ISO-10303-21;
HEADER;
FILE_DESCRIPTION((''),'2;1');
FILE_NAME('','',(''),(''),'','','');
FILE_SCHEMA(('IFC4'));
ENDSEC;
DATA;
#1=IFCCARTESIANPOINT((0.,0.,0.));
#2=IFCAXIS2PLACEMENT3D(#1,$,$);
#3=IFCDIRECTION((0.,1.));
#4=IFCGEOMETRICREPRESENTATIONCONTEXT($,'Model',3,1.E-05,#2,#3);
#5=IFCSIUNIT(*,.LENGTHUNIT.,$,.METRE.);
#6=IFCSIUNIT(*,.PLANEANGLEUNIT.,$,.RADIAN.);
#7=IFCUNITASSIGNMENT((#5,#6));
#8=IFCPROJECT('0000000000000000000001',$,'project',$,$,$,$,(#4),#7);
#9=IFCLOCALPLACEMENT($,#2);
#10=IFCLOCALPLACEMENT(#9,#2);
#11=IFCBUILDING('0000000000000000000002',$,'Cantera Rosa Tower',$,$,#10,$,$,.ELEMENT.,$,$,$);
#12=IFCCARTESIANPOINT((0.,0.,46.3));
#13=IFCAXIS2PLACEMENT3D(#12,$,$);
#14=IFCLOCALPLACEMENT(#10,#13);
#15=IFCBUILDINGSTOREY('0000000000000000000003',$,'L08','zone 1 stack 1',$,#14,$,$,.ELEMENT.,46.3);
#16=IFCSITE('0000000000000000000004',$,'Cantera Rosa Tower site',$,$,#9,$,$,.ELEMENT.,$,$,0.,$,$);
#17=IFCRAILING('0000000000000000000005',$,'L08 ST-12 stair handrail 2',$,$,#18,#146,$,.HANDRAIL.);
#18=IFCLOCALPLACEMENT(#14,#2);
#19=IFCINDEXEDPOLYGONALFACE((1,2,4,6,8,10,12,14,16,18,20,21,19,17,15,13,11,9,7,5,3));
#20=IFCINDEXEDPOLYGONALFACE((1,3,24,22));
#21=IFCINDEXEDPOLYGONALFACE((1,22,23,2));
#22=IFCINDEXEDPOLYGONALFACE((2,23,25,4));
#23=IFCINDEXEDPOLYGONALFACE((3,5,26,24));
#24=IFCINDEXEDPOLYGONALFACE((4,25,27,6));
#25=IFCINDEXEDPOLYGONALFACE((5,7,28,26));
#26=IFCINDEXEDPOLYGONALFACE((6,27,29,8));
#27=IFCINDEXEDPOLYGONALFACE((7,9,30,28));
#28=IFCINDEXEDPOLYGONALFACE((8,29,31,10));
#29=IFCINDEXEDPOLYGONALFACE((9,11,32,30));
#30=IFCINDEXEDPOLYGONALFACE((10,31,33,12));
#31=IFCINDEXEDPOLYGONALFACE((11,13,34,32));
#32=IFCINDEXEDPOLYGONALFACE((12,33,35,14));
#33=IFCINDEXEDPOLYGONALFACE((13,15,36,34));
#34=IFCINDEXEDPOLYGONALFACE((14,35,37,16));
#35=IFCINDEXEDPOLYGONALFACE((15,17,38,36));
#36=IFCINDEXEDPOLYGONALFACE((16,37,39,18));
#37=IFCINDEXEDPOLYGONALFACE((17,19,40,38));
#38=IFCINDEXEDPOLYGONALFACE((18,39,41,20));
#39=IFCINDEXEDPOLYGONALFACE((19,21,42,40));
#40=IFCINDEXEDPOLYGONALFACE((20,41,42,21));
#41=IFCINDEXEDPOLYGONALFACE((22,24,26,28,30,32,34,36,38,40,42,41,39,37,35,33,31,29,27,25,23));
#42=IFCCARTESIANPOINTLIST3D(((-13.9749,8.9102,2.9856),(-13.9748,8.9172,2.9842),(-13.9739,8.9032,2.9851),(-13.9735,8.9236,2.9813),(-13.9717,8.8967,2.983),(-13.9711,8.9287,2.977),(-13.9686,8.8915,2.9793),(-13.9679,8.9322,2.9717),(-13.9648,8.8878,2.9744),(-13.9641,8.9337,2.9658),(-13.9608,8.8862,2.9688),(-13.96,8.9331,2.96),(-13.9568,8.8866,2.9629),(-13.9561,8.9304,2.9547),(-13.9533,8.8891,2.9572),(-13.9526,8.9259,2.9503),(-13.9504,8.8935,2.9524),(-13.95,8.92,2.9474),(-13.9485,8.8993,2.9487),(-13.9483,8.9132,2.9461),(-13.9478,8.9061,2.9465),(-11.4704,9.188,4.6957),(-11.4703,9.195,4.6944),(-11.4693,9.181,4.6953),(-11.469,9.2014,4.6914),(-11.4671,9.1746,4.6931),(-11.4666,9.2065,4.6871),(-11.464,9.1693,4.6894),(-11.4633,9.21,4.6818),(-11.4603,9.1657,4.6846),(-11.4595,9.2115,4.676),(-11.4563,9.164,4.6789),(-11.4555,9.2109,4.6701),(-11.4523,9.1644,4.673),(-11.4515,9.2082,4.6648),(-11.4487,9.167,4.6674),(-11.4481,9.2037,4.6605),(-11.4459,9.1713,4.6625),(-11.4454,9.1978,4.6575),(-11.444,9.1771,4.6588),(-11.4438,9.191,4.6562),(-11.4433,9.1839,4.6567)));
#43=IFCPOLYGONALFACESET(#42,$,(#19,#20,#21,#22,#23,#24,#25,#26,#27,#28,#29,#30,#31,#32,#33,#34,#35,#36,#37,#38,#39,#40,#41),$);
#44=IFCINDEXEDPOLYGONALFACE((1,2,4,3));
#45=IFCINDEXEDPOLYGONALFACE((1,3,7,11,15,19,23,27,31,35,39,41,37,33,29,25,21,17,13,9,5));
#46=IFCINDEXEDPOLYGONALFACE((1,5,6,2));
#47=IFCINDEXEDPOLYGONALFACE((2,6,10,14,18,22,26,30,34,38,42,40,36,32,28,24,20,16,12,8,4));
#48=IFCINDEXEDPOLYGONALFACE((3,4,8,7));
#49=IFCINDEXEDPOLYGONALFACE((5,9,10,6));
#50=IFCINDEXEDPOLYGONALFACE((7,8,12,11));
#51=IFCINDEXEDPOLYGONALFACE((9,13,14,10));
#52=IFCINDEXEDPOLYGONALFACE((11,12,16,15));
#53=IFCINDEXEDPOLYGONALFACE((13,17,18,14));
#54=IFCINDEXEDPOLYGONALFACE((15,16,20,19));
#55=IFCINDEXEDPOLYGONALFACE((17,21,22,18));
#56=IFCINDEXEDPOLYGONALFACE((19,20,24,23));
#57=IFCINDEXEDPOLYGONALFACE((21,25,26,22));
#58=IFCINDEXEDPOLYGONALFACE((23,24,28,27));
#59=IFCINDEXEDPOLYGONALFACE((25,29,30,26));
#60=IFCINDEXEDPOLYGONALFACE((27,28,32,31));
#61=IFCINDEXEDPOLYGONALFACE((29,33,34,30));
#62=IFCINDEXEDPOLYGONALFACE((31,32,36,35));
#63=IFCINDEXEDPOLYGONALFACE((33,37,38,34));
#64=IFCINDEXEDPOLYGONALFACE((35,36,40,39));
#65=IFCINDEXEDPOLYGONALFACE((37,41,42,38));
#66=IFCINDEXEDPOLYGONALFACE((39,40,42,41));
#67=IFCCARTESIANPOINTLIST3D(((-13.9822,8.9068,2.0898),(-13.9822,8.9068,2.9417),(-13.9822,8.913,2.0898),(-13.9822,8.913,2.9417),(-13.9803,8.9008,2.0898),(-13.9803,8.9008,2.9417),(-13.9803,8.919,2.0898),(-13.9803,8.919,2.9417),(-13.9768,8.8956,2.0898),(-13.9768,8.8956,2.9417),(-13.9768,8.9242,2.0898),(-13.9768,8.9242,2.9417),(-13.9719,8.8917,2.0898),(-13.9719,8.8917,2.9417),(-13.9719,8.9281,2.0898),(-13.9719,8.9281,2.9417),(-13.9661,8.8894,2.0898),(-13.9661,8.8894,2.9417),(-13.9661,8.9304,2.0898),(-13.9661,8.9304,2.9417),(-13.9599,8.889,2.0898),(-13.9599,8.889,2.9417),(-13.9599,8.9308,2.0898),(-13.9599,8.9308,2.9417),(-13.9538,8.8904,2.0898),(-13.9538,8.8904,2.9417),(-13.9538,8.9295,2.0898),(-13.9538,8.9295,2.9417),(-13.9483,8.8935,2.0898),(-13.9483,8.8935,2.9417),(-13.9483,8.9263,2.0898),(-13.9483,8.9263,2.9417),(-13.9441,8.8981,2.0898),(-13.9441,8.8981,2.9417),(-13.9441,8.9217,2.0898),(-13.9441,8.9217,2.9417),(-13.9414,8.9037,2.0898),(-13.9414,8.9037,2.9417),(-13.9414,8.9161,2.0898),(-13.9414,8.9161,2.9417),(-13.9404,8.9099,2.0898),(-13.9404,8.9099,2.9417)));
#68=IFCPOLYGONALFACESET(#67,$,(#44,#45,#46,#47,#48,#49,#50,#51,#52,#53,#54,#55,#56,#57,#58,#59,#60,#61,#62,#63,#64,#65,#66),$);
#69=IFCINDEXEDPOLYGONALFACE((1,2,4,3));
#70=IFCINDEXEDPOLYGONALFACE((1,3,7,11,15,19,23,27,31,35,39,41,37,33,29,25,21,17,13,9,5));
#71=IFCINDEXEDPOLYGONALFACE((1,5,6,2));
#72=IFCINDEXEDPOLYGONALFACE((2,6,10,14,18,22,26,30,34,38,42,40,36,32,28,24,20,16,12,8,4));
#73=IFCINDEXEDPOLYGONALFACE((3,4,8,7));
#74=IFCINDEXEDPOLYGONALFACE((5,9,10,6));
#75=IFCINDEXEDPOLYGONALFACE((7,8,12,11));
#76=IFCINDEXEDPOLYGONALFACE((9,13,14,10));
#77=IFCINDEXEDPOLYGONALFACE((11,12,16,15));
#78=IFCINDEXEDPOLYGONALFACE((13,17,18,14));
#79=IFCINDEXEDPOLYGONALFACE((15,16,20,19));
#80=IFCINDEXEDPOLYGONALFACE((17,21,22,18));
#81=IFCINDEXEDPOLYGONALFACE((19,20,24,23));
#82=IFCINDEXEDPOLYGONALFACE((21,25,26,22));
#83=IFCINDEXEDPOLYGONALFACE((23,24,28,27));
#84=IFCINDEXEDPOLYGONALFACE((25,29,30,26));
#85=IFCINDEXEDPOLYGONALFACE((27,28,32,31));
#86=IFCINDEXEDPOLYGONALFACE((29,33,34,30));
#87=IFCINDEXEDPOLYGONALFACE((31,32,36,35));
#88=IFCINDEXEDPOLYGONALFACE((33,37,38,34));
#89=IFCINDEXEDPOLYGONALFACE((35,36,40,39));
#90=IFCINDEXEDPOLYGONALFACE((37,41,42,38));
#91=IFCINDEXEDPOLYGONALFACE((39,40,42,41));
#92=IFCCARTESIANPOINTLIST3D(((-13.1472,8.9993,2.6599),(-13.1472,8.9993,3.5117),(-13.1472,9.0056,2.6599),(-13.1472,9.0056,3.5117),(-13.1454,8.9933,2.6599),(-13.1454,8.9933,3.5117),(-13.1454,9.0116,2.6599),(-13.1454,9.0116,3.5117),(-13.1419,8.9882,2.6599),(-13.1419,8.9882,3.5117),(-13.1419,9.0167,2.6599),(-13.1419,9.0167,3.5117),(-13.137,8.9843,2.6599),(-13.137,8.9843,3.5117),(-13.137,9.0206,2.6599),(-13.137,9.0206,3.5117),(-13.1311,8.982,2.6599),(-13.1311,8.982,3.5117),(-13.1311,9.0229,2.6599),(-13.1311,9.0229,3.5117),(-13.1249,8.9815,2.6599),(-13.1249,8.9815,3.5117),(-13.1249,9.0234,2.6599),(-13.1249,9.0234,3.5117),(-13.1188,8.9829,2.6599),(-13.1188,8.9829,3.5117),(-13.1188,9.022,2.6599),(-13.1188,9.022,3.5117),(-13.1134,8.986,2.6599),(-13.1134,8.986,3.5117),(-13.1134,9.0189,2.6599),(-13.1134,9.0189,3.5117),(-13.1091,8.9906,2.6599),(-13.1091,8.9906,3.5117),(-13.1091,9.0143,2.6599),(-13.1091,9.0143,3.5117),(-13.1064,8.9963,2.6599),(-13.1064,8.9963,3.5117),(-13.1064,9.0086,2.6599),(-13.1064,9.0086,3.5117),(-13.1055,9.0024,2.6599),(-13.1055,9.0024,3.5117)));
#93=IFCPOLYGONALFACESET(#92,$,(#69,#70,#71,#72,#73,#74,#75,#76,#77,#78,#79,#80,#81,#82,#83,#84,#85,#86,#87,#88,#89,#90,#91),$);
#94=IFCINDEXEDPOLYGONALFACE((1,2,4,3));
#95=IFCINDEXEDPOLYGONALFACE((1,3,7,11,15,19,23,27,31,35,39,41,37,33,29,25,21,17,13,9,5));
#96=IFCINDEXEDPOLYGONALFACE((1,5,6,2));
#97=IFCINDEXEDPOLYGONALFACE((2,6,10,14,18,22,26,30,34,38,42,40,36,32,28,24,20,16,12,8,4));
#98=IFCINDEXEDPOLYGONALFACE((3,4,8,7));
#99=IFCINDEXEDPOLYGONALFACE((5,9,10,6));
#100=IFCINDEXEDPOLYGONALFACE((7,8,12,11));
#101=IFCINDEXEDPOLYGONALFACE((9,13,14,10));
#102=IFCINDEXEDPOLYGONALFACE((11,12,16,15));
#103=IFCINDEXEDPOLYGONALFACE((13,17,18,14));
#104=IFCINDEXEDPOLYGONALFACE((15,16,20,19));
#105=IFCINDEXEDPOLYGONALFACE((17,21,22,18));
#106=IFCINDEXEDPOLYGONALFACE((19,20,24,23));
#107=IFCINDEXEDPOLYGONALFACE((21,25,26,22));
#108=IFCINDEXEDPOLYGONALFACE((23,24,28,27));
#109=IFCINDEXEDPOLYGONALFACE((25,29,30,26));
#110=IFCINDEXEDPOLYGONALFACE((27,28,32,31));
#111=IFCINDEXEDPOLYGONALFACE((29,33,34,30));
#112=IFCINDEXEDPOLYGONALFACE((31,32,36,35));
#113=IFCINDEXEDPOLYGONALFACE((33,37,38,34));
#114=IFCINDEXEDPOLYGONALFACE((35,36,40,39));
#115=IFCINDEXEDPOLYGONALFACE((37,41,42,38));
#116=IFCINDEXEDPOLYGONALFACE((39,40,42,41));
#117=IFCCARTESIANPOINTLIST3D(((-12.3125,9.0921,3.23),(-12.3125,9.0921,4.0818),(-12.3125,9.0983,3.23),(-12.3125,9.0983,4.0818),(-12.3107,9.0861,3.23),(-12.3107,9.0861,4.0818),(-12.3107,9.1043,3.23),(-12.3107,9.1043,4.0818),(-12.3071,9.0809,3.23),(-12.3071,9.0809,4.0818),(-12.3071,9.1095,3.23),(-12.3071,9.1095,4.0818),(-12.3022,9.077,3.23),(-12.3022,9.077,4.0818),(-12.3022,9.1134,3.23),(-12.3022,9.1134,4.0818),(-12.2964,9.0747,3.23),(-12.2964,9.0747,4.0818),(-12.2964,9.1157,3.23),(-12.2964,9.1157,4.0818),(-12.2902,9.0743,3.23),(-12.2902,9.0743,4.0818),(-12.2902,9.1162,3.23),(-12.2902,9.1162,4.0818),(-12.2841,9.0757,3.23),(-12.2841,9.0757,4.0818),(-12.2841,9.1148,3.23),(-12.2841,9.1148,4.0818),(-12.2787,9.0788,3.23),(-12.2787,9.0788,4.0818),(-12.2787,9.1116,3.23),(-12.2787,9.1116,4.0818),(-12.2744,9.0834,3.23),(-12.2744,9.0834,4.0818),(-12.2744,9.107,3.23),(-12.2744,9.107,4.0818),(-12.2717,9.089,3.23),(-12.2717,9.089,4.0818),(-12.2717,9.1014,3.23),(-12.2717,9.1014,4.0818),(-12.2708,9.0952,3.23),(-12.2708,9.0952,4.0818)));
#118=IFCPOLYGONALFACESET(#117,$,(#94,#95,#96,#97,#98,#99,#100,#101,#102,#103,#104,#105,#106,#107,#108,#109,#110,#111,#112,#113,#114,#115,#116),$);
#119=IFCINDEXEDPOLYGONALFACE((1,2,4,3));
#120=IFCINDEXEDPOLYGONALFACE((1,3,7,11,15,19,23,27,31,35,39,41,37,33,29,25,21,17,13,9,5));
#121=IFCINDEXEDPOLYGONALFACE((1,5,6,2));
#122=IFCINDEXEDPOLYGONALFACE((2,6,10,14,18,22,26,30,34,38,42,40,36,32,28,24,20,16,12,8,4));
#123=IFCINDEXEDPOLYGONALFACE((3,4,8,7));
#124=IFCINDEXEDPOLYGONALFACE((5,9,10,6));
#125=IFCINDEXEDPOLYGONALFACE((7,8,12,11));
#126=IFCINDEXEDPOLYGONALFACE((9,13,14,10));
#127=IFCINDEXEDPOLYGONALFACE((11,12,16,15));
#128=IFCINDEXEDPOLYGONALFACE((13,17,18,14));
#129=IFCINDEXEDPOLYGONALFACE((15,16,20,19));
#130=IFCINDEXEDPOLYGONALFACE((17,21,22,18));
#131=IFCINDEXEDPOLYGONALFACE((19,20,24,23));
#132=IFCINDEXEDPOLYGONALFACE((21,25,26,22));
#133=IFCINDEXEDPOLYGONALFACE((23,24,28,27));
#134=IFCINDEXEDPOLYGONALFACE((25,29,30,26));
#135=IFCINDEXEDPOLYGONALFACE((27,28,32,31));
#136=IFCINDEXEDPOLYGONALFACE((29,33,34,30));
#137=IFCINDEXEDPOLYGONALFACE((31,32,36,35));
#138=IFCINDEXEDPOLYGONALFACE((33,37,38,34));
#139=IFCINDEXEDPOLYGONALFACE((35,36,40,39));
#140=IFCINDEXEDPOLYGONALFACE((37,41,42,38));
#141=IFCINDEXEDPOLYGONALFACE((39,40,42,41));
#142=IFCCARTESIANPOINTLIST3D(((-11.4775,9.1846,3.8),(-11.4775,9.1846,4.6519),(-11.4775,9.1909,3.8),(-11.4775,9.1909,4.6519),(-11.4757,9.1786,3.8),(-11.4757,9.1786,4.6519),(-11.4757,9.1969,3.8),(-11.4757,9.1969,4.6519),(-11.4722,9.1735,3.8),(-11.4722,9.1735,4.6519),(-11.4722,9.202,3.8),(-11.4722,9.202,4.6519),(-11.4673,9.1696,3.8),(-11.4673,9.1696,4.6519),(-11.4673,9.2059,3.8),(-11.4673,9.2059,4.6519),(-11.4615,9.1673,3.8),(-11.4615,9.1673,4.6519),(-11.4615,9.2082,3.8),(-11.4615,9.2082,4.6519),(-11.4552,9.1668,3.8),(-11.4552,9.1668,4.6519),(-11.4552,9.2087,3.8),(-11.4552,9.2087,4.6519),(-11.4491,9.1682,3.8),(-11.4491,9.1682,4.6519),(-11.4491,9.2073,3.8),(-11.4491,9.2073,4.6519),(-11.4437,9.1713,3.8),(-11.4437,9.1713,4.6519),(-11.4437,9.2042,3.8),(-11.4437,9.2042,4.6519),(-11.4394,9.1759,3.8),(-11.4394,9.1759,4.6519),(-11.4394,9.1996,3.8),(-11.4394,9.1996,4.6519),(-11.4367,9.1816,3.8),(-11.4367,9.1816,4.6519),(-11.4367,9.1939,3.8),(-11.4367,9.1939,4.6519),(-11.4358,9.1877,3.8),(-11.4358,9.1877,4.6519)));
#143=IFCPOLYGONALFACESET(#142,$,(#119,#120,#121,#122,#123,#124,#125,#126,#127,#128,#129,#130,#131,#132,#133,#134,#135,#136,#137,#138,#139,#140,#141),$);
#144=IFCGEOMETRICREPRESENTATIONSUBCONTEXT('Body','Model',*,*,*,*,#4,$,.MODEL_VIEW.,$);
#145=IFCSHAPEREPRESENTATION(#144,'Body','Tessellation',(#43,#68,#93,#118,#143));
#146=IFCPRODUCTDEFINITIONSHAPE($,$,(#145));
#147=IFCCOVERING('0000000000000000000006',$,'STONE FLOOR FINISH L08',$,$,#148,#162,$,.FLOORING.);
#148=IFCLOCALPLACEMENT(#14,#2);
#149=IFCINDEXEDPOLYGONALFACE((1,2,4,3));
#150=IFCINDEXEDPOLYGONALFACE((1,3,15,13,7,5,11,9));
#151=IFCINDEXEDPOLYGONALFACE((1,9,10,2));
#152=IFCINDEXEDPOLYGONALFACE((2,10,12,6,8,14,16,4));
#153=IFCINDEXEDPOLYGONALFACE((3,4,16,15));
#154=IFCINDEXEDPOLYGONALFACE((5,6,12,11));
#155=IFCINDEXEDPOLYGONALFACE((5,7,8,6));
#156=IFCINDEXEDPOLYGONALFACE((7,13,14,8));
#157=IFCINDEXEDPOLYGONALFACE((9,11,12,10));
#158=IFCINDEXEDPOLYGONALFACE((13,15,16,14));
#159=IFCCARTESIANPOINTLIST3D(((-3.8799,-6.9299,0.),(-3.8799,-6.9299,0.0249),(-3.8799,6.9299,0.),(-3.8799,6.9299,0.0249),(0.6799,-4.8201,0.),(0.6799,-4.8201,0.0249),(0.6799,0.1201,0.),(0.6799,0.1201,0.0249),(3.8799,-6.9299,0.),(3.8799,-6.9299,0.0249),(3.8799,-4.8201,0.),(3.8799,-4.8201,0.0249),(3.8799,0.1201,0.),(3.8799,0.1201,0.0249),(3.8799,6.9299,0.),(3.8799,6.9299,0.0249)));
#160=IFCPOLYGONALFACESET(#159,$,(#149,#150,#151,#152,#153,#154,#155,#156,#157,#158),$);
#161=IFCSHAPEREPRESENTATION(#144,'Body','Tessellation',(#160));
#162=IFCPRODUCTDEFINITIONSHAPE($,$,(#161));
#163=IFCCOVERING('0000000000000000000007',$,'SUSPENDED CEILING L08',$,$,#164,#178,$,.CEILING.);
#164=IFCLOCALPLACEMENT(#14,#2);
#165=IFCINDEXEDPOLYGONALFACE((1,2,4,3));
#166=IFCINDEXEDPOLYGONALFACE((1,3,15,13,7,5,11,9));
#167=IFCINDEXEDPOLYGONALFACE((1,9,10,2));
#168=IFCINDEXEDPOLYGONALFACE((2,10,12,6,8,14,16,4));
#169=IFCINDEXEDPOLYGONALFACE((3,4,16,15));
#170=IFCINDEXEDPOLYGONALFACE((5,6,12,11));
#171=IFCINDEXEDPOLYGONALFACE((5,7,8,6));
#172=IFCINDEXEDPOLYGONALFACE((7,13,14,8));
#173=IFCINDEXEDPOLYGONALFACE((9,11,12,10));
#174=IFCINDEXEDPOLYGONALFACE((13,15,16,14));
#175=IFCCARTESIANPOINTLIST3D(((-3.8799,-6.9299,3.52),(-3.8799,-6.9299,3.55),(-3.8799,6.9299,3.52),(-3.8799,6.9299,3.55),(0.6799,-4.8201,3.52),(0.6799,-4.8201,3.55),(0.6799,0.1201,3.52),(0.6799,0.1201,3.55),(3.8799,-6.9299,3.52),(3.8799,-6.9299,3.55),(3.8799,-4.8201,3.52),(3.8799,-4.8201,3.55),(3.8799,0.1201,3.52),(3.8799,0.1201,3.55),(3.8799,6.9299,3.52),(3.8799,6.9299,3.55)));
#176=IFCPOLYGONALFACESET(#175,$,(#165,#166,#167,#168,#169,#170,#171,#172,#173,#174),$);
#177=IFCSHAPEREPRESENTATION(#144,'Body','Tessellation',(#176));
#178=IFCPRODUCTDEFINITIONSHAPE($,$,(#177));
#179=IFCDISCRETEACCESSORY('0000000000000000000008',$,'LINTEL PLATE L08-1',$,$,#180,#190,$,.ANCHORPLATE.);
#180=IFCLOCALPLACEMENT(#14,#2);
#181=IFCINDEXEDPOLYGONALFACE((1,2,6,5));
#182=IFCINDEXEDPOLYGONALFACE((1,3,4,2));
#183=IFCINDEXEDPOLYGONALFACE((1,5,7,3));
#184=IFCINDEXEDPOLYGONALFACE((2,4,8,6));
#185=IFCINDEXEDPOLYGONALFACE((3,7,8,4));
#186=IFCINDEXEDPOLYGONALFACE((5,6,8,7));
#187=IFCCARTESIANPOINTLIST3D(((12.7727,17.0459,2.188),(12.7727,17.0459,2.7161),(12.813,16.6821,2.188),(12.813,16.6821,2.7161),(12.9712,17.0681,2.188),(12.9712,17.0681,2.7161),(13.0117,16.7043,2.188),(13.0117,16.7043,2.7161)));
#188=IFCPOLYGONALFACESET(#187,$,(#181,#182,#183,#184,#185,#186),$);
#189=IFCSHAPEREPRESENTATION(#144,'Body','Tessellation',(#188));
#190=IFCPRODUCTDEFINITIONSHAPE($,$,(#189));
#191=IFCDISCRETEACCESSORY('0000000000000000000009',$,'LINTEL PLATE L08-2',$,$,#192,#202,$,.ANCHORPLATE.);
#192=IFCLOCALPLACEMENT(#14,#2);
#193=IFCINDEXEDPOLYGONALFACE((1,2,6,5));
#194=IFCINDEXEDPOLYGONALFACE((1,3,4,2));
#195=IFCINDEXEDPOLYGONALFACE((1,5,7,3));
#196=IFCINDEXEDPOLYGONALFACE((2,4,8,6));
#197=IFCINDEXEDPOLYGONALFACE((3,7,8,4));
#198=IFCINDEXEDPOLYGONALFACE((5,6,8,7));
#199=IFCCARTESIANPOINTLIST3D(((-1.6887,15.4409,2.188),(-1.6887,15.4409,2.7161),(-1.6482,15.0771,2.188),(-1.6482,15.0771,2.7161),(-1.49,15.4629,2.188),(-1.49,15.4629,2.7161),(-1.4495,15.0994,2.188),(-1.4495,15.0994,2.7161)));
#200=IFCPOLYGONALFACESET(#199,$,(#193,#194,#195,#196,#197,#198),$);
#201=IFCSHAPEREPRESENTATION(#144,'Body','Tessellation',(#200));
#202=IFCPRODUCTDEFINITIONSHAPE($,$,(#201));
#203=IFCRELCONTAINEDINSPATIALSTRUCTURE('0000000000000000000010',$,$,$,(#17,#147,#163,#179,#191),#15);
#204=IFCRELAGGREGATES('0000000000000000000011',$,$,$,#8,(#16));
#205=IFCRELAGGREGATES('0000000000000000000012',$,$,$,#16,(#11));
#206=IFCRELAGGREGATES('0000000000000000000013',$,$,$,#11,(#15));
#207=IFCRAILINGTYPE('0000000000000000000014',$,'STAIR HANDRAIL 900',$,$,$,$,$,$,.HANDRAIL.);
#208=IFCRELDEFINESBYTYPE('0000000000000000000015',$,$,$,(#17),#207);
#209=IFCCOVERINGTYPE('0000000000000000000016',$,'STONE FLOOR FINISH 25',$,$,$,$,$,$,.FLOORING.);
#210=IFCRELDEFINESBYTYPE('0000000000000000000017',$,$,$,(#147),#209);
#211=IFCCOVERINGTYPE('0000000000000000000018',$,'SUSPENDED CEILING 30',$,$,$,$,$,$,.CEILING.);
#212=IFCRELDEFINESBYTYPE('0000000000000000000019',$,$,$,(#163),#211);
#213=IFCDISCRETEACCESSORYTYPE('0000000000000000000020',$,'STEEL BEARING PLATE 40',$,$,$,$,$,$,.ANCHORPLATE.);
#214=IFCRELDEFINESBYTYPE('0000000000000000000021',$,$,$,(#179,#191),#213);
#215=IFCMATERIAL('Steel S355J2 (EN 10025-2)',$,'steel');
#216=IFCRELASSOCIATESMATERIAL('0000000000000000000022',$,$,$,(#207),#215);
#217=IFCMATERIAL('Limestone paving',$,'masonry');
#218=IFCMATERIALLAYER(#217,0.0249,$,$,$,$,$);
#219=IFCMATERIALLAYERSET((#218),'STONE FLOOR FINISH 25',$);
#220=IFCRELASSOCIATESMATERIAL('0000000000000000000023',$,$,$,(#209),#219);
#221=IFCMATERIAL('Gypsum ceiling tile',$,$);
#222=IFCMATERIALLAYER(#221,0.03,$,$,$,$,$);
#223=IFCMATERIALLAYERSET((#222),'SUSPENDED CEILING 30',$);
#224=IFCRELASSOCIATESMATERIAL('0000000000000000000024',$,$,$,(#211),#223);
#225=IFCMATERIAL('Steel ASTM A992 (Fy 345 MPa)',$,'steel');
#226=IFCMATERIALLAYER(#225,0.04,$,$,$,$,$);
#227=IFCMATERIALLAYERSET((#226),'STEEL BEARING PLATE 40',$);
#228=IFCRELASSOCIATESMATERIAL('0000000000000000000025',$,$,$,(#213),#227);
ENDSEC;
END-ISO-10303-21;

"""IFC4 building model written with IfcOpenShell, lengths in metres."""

from ifc_helpers import new_model, si_unit, direction, frame, origin, origin_2d, place, context, subcontext, project, spatial, polyline, circle, outline, extrude, material, layer, layer_set, type_object, element, save


model = new_model("IFC4")

# Units and contexts
model_context = context("Model", 3, precision=1e-05, world=origin(), true_north=direction((0.0, 1.0)))
body_context = subcontext(model_context, "Body", "Model", "MODEL_VIEW")
ifc_project = project(units=[si_unit("LENGTHUNIT", "METRE"), si_unit("PLANEANGLEUNIT", "RADIAN")], contexts=[model_context])

# Site, building, storey
site_placement = place(None, origin())
site = spatial("IfcSite", under=ifc_project, at=site_placement, Name="Cantera Rosa Tower site", CompositionType="ELEMENT", RefElevation=0.0)
building_placement = place(site_placement, origin())
building = spatial("IfcBuilding", under=site, at=building_placement, Name="Cantera Rosa Tower", CompositionType="ELEMENT")
storey_placement = place(building_placement, frame((0.0, 0.0, 46.3)))
storey = spatial("IfcBuildingStorey", under=building, at=storey_placement, Name="L08", Description="zone 1 stack 1", CompositionType="ELEMENT", Elevation=46.3)

# Railing
ifc_material_1 = material(Name="Steel S355J2 (EN 10025-2)", Category="steel")
railing_type_1 = type_object("IfcRailingType", Name="STAIR HANDRAIL 900", PredefinedType="HANDRAIL", material=ifc_material_1)
railing_1_placement = place(storey_placement, frame((-13.9614, 8.9099, 2.0898)))
element("IfcRailing", 1, at=railing_1_placement, inside=storey, type_object=railing_type_1, Name="L08 ST-12 stair handrail 2", PredefinedType="HANDRAIL", context=body_context, shape_type="SweptSolid", body=[
    extrude(circle(Radius=0.0239, at=origin_2d()), frame((0.0, 0.0, 0.876), z_axis=(0.8224, 0.091226, 0.561547), x_axis=(-0.110251, 0.993904, 0.0)), (0.0, 0.0, 1.0), 3.0454),
    extrude(circle(Radius=0.021, at=origin_2d()), origin(), (0.0, 0.0, 1.0), 0.8518),
    extrude(circle(Radius=0.021, at=origin_2d()), frame((0.835, 0.0925, 0.5701)), (0.0, 0.0, 1.0), 0.8518),
    extrude(circle(Radius=0.021, at=origin_2d()), frame((1.6697, 0.1853, 1.1401)), (0.0, 0.0, 1.0), 0.8518),
    extrude(circle(Radius=0.021, at=origin_2d()), frame((2.5046, 0.2778, 1.7102)), (0.0, 0.0, 1.0), 0.8518),
])

# Coverings
ifc_material_2 = material(Name="Limestone paving", Category="masonry")
ifc_layer_1 = layer(ifc_material_2, 0.0249)
ifc_layer_set_1 = layer_set([ifc_layer_1], Name="STONE FLOOR FINISH 25")
covering_type_1 = type_object("IfcCoveringType", Name="STONE FLOOR FINISH 25", PredefinedType="FLOORING", material=ifc_layer_set_1)
covering_1_placement = place(storey_placement, origin())
element("IfcCovering", 2, at=covering_1_placement, inside=storey, type_object=covering_type_1, Name="STONE FLOOR FINISH L08", PredefinedType="FLOORING", context=body_context, shape_type="SweptSolid", body=[
    extrude(outline(polyline([(3.8799, 6.9299), (3.8799, 0.1201), (0.6799, 0.1201), (0.6799, -4.8201), (3.8799, -4.8201), (3.8799, -6.9299), (-3.8799, -6.9299), (-3.8799, 6.9299), (3.8799, 6.9299)])), origin(), (0.0, 0.0, 1.0), 0.0249),
])
ifc_material_3 = material(Name="Gypsum ceiling tile")
ifc_layer_2 = layer(ifc_material_3, 0.03)
ifc_layer_set_2 = layer_set([ifc_layer_2], Name="SUSPENDED CEILING 30")
covering_type_2 = type_object("IfcCoveringType", Name="SUSPENDED CEILING 30", PredefinedType="CEILING", material=ifc_layer_set_2)
covering_2_placement = place(storey_placement, frame((0.0, 0.0, 3.52)))
element("IfcCovering", 3, at=covering_2_placement, inside=storey, type_object=covering_type_2, Name="SUSPENDED CEILING L08", PredefinedType="CEILING", context=body_context, shape_type="SweptSolid", body=[
    extrude(outline(polyline([(3.8799, 6.9299), (3.8799, 0.1201), (0.6799, 0.1201), (0.6799, -4.8201), (3.8799, -4.8201), (3.8799, -6.9299), (-3.8799, -6.9299), (-3.8799, 6.9299), (3.8799, 6.9299)])), origin(), (0.0, 0.0, 1.0), 0.03),
])

# Discrete accessories
ifc_material_4 = material(Name="Steel ASTM A992 (Fy 345 MPa)", Category="steel")
ifc_layer_3 = layer(ifc_material_4, 0.04)
ifc_layer_set_3 = layer_set([ifc_layer_3], Name="STEEL BEARING PLATE 40")
discrete_accessory_type = type_object("IfcDiscreteAccessoryType", Name="STEEL BEARING PLATE 40", PredefinedType="ANCHORPLATE", material=ifc_layer_set_3)
discrete_accessory_1_placement = place(storey_placement, frame((0.0, 0.0, 2.188)))
element("IfcDiscreteAccessory", 4, at=discrete_accessory_1_placement, inside=storey, type_object=discrete_accessory_type, Name="LINTEL PLATE L08-1", PredefinedType="ANCHORPLATE", context=body_context, shape_type="SweptSolid", body=[
    extrude(outline(polyline([(12.813, 16.6821), (13.0117, 16.7043), (12.9712, 17.0681), (12.7727, 17.0459), (12.813, 16.6821)])), origin(), (0.0, 0.0, 1.0), 0.5281),
])
discrete_accessory_2_placement = place(storey_placement, frame((0.0, 0.0, 2.188)))
element("IfcDiscreteAccessory", 5, at=discrete_accessory_2_placement, inside=storey, type_object=discrete_accessory_type, Name="LINTEL PLATE L08-2", PredefinedType="ANCHORPLATE", context=body_context, shape_type="SweptSolid", body=[
    extrude(outline(polyline([(-1.49, 15.4629), (-1.6887, 15.4409), (-1.6482, 15.0771), (-1.4495, 15.0994), (-1.49, 15.4629)])), origin(), (0.0, 0.0, 1.0), 0.5281),
])

save(model, "model.ifc")
